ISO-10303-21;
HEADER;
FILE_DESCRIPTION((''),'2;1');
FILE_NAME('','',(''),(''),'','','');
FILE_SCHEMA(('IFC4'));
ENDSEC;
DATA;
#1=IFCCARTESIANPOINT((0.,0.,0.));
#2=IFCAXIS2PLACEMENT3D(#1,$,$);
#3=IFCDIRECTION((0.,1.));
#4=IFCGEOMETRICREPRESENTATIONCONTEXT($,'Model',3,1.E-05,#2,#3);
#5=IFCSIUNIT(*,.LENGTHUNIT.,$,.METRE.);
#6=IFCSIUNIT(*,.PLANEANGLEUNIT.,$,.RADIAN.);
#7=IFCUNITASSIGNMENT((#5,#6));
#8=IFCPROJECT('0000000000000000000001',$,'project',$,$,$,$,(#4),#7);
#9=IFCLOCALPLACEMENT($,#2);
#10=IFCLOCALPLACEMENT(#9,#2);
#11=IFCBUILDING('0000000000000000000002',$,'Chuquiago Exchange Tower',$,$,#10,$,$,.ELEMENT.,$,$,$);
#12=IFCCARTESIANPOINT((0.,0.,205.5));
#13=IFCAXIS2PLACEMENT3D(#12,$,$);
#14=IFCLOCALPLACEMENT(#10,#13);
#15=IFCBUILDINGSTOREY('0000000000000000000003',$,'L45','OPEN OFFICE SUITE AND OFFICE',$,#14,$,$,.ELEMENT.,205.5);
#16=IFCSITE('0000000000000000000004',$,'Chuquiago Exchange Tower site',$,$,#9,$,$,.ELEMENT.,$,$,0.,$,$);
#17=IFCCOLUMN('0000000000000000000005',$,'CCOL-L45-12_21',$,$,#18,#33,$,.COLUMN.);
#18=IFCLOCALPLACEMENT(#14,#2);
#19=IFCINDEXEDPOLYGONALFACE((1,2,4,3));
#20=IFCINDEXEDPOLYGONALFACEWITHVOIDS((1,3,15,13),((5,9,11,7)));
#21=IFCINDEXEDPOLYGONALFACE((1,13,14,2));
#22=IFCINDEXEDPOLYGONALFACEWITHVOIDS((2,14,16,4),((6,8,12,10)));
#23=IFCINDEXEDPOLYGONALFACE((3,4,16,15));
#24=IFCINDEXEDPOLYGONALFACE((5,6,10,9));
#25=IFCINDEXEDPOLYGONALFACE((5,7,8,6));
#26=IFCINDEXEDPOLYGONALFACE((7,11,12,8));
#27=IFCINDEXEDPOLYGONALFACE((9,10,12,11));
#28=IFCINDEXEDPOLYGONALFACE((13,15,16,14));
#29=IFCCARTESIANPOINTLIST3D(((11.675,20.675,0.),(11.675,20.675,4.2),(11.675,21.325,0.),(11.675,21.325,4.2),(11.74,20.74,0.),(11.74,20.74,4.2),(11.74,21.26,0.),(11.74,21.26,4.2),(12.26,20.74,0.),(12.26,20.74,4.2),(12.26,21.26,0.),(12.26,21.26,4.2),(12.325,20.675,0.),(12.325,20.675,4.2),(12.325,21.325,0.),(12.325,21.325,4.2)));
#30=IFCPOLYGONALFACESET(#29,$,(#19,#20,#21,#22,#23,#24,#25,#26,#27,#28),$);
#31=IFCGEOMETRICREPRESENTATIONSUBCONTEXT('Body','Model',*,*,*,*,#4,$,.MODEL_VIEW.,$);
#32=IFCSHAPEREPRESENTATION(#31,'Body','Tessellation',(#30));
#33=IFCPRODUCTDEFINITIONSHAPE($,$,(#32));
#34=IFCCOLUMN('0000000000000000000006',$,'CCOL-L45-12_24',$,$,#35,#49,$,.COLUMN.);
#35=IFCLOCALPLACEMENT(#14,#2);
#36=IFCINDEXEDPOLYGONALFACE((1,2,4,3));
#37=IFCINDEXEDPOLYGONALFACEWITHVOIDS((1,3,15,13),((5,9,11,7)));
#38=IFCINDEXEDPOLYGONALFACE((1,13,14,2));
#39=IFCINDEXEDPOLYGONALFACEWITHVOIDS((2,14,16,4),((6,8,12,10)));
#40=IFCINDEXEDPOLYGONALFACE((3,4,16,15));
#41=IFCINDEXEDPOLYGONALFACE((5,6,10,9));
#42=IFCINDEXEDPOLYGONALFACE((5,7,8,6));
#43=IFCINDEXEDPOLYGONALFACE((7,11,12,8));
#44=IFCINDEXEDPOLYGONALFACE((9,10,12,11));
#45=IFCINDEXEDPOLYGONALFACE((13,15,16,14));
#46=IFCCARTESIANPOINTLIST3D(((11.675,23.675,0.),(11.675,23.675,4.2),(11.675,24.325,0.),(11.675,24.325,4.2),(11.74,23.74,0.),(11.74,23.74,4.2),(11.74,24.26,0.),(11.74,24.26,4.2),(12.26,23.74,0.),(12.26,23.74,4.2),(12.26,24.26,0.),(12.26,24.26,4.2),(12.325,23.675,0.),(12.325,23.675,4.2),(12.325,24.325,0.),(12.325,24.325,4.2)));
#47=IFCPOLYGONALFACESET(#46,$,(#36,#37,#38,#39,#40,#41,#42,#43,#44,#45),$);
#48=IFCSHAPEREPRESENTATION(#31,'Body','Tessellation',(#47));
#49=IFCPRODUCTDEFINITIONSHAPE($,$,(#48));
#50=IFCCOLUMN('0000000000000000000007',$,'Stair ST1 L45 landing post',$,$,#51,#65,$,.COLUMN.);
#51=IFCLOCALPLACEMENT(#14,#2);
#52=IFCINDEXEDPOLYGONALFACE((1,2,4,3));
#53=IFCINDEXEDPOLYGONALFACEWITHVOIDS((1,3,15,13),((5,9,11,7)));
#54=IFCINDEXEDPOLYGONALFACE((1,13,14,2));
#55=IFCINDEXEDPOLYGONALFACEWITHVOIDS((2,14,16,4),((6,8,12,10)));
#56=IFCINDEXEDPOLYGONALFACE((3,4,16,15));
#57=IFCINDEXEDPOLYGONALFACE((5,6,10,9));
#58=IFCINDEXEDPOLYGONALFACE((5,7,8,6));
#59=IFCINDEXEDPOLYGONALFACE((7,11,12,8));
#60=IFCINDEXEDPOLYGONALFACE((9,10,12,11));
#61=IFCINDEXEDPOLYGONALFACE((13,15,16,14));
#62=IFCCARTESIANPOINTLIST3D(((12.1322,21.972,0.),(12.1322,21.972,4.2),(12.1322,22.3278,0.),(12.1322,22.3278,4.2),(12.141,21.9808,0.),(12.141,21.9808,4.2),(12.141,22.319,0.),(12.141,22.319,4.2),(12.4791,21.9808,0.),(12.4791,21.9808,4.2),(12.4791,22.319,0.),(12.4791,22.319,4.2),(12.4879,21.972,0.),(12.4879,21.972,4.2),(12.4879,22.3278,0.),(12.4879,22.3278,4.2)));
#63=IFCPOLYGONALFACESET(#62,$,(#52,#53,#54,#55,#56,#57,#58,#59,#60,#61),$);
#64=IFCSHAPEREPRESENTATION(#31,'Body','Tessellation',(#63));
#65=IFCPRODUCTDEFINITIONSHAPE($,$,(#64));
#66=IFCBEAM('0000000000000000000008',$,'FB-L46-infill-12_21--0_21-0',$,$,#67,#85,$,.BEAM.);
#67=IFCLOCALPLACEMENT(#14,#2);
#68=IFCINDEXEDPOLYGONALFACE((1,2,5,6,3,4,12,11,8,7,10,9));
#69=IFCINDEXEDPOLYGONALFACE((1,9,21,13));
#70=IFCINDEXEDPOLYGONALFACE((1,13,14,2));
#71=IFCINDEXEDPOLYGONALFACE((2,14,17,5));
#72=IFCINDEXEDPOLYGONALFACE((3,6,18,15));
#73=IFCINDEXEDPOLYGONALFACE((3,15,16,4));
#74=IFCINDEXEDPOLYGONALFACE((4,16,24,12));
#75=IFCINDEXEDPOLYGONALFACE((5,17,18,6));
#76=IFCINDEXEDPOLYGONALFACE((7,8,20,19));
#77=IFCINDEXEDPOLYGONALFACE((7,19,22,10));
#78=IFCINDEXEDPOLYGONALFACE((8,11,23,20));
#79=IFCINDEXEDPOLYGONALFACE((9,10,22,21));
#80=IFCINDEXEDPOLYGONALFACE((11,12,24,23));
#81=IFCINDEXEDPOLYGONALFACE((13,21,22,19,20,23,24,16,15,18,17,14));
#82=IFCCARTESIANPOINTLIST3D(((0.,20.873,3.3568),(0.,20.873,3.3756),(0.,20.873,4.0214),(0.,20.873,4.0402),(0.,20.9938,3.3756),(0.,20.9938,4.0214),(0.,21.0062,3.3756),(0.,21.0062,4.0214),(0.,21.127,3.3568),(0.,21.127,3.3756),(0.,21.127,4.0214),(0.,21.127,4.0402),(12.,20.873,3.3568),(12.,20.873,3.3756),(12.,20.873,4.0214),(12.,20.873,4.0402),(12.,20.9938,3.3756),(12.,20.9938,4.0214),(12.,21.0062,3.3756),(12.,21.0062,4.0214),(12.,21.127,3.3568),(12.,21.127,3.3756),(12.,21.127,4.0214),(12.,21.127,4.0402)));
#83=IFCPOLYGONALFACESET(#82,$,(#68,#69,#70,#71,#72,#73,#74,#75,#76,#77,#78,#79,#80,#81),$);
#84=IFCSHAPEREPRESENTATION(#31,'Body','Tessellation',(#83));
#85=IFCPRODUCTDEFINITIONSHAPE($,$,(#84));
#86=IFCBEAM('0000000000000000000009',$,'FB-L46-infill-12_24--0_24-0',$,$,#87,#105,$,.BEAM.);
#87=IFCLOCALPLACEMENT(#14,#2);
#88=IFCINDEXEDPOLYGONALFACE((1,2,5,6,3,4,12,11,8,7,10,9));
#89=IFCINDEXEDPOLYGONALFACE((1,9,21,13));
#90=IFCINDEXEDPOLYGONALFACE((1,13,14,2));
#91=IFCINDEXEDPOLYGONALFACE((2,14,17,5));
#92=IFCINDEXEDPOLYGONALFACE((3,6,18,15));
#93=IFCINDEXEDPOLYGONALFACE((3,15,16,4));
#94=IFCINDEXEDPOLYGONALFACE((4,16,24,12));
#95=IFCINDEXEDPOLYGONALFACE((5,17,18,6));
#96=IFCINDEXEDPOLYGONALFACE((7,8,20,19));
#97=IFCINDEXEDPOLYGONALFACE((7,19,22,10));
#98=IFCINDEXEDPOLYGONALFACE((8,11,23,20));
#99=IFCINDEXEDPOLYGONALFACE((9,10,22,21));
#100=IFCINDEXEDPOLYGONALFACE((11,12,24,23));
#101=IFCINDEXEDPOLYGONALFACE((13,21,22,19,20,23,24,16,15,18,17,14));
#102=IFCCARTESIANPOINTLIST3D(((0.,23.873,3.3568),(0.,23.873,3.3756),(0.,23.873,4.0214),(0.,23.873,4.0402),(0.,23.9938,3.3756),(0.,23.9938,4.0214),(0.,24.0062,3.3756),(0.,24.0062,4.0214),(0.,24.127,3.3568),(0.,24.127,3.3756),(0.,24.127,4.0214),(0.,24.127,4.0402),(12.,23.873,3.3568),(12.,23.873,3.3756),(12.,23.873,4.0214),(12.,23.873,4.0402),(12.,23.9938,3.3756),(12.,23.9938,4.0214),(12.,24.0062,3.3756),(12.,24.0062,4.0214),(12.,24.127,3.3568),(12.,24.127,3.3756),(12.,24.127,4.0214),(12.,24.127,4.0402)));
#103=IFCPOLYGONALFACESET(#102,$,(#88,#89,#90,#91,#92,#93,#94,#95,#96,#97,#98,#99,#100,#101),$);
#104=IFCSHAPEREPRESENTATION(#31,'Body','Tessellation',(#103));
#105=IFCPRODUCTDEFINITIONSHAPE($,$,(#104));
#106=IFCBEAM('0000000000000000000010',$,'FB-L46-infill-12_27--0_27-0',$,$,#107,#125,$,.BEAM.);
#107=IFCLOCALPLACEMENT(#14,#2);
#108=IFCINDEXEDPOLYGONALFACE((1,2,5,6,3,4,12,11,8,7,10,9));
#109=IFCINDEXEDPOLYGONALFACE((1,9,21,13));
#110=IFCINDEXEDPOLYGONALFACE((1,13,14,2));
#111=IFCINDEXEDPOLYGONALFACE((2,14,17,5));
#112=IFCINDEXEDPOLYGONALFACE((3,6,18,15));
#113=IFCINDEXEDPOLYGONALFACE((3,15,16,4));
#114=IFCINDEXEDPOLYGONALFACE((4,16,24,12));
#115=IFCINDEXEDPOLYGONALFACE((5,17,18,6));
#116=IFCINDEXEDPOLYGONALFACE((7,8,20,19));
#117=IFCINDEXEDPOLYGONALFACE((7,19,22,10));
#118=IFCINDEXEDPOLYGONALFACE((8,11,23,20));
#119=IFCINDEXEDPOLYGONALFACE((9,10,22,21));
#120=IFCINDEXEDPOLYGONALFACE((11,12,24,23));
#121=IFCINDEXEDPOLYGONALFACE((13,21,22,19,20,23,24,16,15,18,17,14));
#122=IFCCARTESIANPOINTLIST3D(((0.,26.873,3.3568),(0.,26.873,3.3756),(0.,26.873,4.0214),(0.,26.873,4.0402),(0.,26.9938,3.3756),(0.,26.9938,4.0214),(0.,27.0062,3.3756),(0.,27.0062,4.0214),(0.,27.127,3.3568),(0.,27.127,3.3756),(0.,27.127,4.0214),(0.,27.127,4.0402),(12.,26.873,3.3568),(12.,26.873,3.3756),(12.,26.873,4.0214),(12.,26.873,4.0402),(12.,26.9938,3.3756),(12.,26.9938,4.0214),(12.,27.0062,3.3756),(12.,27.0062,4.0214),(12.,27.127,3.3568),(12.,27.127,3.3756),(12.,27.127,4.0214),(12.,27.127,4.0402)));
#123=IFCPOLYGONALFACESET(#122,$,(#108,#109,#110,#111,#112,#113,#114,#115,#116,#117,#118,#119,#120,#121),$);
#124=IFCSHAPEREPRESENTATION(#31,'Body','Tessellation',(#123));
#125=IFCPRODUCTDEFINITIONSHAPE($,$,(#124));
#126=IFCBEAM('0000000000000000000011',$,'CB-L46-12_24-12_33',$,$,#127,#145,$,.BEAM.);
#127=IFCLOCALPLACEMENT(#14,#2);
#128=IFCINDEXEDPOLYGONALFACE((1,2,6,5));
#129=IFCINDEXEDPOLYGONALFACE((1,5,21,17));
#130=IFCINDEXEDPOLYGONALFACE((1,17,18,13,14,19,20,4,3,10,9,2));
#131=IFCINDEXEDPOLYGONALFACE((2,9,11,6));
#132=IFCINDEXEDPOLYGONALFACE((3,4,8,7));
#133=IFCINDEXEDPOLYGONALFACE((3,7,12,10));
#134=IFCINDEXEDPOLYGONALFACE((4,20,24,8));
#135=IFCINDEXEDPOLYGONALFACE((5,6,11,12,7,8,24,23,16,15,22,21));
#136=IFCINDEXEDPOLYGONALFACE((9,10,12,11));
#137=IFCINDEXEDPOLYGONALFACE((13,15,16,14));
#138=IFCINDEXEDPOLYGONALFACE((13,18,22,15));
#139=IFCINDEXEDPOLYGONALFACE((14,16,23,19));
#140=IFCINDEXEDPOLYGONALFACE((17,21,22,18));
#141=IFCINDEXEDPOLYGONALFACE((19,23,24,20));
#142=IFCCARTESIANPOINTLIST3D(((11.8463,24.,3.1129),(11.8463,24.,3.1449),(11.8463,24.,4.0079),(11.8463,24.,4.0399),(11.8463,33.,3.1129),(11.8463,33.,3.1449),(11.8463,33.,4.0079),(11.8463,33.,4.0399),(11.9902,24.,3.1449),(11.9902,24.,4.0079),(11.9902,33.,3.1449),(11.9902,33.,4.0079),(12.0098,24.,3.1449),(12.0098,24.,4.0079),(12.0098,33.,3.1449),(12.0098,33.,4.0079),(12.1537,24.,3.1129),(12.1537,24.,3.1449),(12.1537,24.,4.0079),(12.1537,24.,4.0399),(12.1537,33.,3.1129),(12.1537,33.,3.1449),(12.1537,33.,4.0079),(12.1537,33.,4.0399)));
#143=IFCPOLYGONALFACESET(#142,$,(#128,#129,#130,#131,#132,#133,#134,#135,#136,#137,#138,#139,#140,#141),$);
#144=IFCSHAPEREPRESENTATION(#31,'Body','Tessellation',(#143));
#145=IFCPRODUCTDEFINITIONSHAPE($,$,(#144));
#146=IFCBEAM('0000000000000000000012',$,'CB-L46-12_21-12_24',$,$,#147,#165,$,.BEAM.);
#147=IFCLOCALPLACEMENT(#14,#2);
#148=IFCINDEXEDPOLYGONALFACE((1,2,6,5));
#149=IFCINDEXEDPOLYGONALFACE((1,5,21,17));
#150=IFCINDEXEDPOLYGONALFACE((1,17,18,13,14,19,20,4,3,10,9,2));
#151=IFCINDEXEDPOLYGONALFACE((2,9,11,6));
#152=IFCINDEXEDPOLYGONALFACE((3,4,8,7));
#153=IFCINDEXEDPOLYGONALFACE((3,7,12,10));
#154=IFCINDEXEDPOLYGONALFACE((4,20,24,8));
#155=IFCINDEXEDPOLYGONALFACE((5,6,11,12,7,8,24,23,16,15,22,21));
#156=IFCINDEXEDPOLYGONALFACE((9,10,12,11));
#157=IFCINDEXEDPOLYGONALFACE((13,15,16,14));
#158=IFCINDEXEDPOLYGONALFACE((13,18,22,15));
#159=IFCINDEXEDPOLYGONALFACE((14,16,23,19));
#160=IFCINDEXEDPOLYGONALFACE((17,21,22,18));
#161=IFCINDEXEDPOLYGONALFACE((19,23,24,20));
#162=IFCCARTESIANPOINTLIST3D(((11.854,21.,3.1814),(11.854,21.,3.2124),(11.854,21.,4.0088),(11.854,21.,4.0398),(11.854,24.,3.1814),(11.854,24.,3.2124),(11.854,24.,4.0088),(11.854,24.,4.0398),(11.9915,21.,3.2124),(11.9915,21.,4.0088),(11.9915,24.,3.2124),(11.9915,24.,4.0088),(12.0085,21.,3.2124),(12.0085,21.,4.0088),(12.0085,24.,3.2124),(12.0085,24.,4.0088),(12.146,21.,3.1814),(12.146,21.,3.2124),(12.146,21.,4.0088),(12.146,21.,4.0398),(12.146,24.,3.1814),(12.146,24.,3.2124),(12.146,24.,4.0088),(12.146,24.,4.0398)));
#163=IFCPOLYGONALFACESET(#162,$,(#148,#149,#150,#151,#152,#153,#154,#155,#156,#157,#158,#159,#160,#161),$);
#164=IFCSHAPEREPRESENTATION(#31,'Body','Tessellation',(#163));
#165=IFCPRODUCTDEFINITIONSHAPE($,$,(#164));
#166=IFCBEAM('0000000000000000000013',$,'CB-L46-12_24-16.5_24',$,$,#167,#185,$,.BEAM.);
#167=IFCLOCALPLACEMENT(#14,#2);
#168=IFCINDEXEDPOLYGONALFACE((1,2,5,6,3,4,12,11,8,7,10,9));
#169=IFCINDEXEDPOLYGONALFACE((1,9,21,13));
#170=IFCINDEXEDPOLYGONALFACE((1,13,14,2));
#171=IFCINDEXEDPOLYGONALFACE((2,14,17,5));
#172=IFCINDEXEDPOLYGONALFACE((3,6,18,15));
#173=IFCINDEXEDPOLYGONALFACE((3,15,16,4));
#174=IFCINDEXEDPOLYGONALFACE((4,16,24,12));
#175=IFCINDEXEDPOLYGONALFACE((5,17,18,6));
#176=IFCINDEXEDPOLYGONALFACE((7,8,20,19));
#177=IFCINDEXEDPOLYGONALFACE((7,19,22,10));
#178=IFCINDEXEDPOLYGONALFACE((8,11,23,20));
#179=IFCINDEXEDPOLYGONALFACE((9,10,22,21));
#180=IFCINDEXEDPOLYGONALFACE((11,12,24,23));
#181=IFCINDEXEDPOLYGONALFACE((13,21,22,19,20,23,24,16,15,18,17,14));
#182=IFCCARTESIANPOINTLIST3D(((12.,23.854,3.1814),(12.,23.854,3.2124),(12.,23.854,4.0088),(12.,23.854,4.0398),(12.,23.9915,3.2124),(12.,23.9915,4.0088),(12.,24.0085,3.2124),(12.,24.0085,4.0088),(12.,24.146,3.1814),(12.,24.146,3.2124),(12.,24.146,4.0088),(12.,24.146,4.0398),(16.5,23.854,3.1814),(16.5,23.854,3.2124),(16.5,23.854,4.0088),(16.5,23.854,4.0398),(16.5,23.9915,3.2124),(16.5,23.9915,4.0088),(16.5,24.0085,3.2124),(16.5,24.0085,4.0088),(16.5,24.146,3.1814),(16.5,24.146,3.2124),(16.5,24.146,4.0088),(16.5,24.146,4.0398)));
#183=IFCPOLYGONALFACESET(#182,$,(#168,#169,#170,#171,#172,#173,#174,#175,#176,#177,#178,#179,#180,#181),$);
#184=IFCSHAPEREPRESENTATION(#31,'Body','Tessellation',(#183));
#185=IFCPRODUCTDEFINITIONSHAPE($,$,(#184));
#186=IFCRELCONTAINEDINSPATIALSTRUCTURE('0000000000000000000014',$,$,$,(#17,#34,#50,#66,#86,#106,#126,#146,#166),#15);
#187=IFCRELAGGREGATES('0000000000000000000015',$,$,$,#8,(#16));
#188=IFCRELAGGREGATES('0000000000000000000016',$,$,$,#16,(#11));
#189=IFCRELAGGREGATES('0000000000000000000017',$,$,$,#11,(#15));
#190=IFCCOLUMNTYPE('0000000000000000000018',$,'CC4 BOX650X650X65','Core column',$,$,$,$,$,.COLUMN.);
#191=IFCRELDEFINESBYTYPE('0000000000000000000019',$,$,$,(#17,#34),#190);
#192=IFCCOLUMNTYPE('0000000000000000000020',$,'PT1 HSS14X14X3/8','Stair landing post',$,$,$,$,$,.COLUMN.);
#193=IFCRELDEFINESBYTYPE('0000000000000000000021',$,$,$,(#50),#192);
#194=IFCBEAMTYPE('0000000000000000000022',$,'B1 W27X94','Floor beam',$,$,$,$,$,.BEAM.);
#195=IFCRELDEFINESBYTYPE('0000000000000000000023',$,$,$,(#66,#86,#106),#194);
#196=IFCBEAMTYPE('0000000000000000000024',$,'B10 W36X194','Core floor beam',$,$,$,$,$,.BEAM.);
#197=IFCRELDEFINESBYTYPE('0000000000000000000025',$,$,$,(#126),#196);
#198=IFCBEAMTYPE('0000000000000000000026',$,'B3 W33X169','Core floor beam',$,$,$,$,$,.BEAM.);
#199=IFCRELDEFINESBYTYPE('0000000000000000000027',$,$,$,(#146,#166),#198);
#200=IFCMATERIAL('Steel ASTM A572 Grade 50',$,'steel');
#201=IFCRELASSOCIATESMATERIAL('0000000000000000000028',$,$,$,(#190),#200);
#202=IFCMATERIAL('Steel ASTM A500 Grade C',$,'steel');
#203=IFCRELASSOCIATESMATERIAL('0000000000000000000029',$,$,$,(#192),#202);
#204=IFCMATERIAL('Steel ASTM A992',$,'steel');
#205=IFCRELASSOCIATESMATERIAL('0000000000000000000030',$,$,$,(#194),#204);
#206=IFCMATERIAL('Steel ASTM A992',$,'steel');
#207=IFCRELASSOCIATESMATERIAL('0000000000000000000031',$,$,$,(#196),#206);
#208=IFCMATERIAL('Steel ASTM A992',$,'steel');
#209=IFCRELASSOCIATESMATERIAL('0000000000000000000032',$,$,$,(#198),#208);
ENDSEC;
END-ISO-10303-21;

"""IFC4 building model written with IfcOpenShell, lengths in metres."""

from ifc_helpers import new_model, si_unit, direction, frame, origin, origin_2d, place, context, subcontext, project, spatial, hollow_rectangle, i_section, extrude, material, material_profile, profile_set, type_object, element, save


model = new_model("IFC4")

# Units and contexts
model_context = context("Model", 3, precision=1e-05, world=origin(), true_north=direction((0.0, 1.0)))
body_context = subcontext(model_context, "Body", "Model", "MODEL_VIEW")
ifc_project = project(units=[si_unit("LENGTHUNIT", "METRE"), si_unit("PLANEANGLEUNIT", "RADIAN")], contexts=[model_context])

# Site, building, storey
site_placement = place(None, origin())
site = spatial("IfcSite", under=ifc_project, at=site_placement, Name="Chuquiago Exchange Tower site", CompositionType="ELEMENT", RefElevation=0.0)
building_placement = place(site_placement, origin())
building = spatial("IfcBuilding", under=site, at=building_placement, Name="Chuquiago Exchange Tower", CompositionType="ELEMENT")
storey_placement = place(building_placement, frame((0.0, 0.0, 205.5)))
storey = spatial("IfcBuildingStorey", under=building, at=storey_placement, Name="L45", Description="OPEN OFFICE SUITE AND OFFICE", CompositionType="ELEMENT", Elevation=205.5)

# Columns
ifc_material_1 = material(Name="Steel ASTM A572 Grade 50", Category="steel")
ifc_material_profile_1 = material_profile(ifc_material_1, hollow_rectangle(XDim=0.6499, YDim=0.6499, WallThickness=0.0649, at=origin_2d()), Name="BOX650X650X65")
ifc_profile_set_1 = profile_set([ifc_material_profile_1], Name="Steel ASTM A572 Grade 50")
column_type_1 = type_object("IfcColumnType", Name="CC4 BOX650X650X65", Description="Core column", PredefinedType="COLUMN", material=ifc_profile_set_1)
for number, where, z_axis, x_axis, name in (
    (1, (12.0, 21.0, 0.0), (0.0, 0.0, 1.0), (1.0, 0.0, 0.0), "CCOL-L45-12_21"),
    (2, (12.0, 24.0, 0.0), (0.0, 0.0, 1.0), (1.0, 0.0, 0.0), "CCOL-L45-12_24"),
):
    element("IfcColumn", number, at=place(storey_placement, frame(where, z_axis=z_axis, x_axis=x_axis)), inside=storey, type_object=column_type_1, Name=name, PredefinedType="COLUMN", context=body_context, shape_type="SweptSolid", body=[
        extrude(hollow_rectangle(XDim=0.6499, YDim=0.6499, WallThickness=0.0649, at=origin_2d()), origin(), (0.0, 0.0, 1.0), 4.2),
    ])
ifc_material_2 = material(Name="Steel ASTM A500 Grade C", Category="steel")
ifc_material_profile_2 = material_profile(ifc_material_2, hollow_rectangle(XDim=0.3557, YDim=0.3557, WallThickness=0.0088, at=origin_2d()), Name="HSS14X14X3/8")
ifc_profile_set_2 = profile_set([ifc_material_profile_2], Name="Steel ASTM A500 Grade C")
column_type_2 = type_object("IfcColumnType", Name="PT1 HSS14X14X3/8", Description="Stair landing post", PredefinedType="COLUMN", material=ifc_profile_set_2)
column_placement = place(storey_placement, frame((12.3101, 22.1499, 0.0), z_axis=(0.0, 0.0, 1.0), x_axis=(1.0, 0.0, 0.0)))
element("IfcColumn", 3, at=column_placement, inside=storey, type_object=column_type_2, Name="Stair ST1 L45 landing post", PredefinedType="COLUMN", context=body_context, shape_type="SweptSolid", body=[
    extrude(hollow_rectangle(XDim=0.3557, YDim=0.3557, WallThickness=0.0088, at=origin_2d()), origin(), (0.0, 0.0, 1.0), 4.2),
])

# Beams
ifc_material_3 = material(Name="Steel ASTM A992", Category="steel")
ifc_material_profile_3 = material_profile(ifc_material_3, i_section(OverallWidth=0.2539, OverallDepth=0.6833, WebThickness=0.0125, FlangeThickness=0.0188, at=origin_2d()), Name="W27X94")
ifc_profile_set_3 = profile_set([ifc_material_profile_3], Name="Steel ASTM A992")
beam_type_1 = type_object("IfcBeamType", Name="B1 W27X94", Description="Floor beam", PredefinedType="BEAM", material=ifc_profile_set_3)
for number, where, z_axis, x_axis, name in (
    (4, (12.0, 21.0, 3.6985), (-1.0, 0.0, 0.0), (0.0, -1.0, 0.0), "FB-L46-infill-12_21--0_21-0"),
    (5, (12.0, 24.0, 3.6985), (-1.0, 0.0, 0.0), (0.0, -1.0, 0.0), "FB-L46-infill-12_24--0_24-0"),
    (6, (12.0, 27.0, 3.6985), (-1.0, 0.0, 0.0), (0.0, -1.0, 0.0), "FB-L46-infill-12_27--0_27-0"),
):
    element("IfcBeam", number, at=place(storey_placement, frame(where, z_axis=z_axis, x_axis=x_axis)), inside=storey, type_object=beam_type_1, Name=name, PredefinedType="BEAM", context=body_context, shape_type="SweptSolid", body=[
        extrude(i_section(OverallWidth=0.2539, OverallDepth=0.6833, WebThickness=0.0125, FlangeThickness=0.0188, at=origin_2d()), origin(), (0.0, 0.0, 1.0), 12.0),
    ])
ifc_material_4 = material(Name="Steel ASTM A992", Category="steel")
ifc_material_profile_4 = material_profile(ifc_material_4, i_section(OverallWidth=0.3074, OverallDepth=0.927, WebThickness=0.0195, FlangeThickness=0.032, at=origin_2d()), Name="W36X194")
ifc_profile_set_4 = profile_set([ifc_material_profile_4], Name="Steel ASTM A992")
beam_type_2 = type_object("IfcBeamType", Name="B10 W36X194", Description="Core floor beam", PredefinedType="BEAM", material=ifc_profile_set_4)
beam_1_placement = place(storey_placement, frame((12.0, 24.0, 3.5764), z_axis=(0.0, 1.0, 0.0), x_axis=(-1.0, 0.0, 0.0)))
element("IfcBeam", 7, at=beam_1_placement, inside=storey, type_object=beam_type_2, Name="CB-L46-12_24-12_33", PredefinedType="BEAM", context=body_context, shape_type="SweptSolid", body=[
    extrude(i_section(OverallWidth=0.3074, OverallDepth=0.927, WebThickness=0.0195, FlangeThickness=0.032, at=origin_2d()), origin(), (0.0, 0.0, 1.0), 9.0),
])
ifc_material_5 = material(Name="Steel ASTM A992", Category="steel")
ifc_material_profile_5 = material_profile(ifc_material_5, i_section(OverallWidth=0.292, OverallDepth=0.8584, WebThickness=0.0171, FlangeThickness=0.031, at=origin_2d()), Name="W33X169")
ifc_profile_set_5 = profile_set([ifc_material_profile_5], Name="Steel ASTM A992")
beam_type_3 = type_object("IfcBeamType", Name="B3 W33X169", Description="Core floor beam", PredefinedType="BEAM", material=ifc_profile_set_5)
beam_2_placement = place(storey_placement, frame((12.0, 21.0, 3.6106), z_axis=(0.0, 1.0, 0.0), x_axis=(-1.0, 0.0, 0.0)))
element("IfcBeam", 8, at=beam_2_placement, inside=storey, type_object=beam_type_3, Name="CB-L46-12_21-12_24", PredefinedType="BEAM", context=body_context, shape_type="SweptSolid", body=[
    extrude(i_section(OverallWidth=0.292, OverallDepth=0.8584, WebThickness=0.0171, FlangeThickness=0.031, at=origin_2d()), origin(), (0.0, 0.0, 1.0), 3.0),
])
beam_3_placement = place(storey_placement, frame((12.0, 24.0, 3.6106), z_axis=(1.0, 0.0, 0.0), x_axis=(0.0, 1.0, 0.0)))
element("IfcBeam", 9, at=beam_3_placement, inside=storey, type_object=beam_type_3, Name="CB-L46-12_24-16.5_24", PredefinedType="BEAM", context=body_context, shape_type="SweptSolid", body=[
    extrude(i_section(OverallWidth=0.292, OverallDepth=0.8584, WebThickness=0.0171, FlangeThickness=0.031, at=origin_2d()), origin(), (0.0, 0.0, 1.0), 4.5),
])

save(model, "model.ifc")
